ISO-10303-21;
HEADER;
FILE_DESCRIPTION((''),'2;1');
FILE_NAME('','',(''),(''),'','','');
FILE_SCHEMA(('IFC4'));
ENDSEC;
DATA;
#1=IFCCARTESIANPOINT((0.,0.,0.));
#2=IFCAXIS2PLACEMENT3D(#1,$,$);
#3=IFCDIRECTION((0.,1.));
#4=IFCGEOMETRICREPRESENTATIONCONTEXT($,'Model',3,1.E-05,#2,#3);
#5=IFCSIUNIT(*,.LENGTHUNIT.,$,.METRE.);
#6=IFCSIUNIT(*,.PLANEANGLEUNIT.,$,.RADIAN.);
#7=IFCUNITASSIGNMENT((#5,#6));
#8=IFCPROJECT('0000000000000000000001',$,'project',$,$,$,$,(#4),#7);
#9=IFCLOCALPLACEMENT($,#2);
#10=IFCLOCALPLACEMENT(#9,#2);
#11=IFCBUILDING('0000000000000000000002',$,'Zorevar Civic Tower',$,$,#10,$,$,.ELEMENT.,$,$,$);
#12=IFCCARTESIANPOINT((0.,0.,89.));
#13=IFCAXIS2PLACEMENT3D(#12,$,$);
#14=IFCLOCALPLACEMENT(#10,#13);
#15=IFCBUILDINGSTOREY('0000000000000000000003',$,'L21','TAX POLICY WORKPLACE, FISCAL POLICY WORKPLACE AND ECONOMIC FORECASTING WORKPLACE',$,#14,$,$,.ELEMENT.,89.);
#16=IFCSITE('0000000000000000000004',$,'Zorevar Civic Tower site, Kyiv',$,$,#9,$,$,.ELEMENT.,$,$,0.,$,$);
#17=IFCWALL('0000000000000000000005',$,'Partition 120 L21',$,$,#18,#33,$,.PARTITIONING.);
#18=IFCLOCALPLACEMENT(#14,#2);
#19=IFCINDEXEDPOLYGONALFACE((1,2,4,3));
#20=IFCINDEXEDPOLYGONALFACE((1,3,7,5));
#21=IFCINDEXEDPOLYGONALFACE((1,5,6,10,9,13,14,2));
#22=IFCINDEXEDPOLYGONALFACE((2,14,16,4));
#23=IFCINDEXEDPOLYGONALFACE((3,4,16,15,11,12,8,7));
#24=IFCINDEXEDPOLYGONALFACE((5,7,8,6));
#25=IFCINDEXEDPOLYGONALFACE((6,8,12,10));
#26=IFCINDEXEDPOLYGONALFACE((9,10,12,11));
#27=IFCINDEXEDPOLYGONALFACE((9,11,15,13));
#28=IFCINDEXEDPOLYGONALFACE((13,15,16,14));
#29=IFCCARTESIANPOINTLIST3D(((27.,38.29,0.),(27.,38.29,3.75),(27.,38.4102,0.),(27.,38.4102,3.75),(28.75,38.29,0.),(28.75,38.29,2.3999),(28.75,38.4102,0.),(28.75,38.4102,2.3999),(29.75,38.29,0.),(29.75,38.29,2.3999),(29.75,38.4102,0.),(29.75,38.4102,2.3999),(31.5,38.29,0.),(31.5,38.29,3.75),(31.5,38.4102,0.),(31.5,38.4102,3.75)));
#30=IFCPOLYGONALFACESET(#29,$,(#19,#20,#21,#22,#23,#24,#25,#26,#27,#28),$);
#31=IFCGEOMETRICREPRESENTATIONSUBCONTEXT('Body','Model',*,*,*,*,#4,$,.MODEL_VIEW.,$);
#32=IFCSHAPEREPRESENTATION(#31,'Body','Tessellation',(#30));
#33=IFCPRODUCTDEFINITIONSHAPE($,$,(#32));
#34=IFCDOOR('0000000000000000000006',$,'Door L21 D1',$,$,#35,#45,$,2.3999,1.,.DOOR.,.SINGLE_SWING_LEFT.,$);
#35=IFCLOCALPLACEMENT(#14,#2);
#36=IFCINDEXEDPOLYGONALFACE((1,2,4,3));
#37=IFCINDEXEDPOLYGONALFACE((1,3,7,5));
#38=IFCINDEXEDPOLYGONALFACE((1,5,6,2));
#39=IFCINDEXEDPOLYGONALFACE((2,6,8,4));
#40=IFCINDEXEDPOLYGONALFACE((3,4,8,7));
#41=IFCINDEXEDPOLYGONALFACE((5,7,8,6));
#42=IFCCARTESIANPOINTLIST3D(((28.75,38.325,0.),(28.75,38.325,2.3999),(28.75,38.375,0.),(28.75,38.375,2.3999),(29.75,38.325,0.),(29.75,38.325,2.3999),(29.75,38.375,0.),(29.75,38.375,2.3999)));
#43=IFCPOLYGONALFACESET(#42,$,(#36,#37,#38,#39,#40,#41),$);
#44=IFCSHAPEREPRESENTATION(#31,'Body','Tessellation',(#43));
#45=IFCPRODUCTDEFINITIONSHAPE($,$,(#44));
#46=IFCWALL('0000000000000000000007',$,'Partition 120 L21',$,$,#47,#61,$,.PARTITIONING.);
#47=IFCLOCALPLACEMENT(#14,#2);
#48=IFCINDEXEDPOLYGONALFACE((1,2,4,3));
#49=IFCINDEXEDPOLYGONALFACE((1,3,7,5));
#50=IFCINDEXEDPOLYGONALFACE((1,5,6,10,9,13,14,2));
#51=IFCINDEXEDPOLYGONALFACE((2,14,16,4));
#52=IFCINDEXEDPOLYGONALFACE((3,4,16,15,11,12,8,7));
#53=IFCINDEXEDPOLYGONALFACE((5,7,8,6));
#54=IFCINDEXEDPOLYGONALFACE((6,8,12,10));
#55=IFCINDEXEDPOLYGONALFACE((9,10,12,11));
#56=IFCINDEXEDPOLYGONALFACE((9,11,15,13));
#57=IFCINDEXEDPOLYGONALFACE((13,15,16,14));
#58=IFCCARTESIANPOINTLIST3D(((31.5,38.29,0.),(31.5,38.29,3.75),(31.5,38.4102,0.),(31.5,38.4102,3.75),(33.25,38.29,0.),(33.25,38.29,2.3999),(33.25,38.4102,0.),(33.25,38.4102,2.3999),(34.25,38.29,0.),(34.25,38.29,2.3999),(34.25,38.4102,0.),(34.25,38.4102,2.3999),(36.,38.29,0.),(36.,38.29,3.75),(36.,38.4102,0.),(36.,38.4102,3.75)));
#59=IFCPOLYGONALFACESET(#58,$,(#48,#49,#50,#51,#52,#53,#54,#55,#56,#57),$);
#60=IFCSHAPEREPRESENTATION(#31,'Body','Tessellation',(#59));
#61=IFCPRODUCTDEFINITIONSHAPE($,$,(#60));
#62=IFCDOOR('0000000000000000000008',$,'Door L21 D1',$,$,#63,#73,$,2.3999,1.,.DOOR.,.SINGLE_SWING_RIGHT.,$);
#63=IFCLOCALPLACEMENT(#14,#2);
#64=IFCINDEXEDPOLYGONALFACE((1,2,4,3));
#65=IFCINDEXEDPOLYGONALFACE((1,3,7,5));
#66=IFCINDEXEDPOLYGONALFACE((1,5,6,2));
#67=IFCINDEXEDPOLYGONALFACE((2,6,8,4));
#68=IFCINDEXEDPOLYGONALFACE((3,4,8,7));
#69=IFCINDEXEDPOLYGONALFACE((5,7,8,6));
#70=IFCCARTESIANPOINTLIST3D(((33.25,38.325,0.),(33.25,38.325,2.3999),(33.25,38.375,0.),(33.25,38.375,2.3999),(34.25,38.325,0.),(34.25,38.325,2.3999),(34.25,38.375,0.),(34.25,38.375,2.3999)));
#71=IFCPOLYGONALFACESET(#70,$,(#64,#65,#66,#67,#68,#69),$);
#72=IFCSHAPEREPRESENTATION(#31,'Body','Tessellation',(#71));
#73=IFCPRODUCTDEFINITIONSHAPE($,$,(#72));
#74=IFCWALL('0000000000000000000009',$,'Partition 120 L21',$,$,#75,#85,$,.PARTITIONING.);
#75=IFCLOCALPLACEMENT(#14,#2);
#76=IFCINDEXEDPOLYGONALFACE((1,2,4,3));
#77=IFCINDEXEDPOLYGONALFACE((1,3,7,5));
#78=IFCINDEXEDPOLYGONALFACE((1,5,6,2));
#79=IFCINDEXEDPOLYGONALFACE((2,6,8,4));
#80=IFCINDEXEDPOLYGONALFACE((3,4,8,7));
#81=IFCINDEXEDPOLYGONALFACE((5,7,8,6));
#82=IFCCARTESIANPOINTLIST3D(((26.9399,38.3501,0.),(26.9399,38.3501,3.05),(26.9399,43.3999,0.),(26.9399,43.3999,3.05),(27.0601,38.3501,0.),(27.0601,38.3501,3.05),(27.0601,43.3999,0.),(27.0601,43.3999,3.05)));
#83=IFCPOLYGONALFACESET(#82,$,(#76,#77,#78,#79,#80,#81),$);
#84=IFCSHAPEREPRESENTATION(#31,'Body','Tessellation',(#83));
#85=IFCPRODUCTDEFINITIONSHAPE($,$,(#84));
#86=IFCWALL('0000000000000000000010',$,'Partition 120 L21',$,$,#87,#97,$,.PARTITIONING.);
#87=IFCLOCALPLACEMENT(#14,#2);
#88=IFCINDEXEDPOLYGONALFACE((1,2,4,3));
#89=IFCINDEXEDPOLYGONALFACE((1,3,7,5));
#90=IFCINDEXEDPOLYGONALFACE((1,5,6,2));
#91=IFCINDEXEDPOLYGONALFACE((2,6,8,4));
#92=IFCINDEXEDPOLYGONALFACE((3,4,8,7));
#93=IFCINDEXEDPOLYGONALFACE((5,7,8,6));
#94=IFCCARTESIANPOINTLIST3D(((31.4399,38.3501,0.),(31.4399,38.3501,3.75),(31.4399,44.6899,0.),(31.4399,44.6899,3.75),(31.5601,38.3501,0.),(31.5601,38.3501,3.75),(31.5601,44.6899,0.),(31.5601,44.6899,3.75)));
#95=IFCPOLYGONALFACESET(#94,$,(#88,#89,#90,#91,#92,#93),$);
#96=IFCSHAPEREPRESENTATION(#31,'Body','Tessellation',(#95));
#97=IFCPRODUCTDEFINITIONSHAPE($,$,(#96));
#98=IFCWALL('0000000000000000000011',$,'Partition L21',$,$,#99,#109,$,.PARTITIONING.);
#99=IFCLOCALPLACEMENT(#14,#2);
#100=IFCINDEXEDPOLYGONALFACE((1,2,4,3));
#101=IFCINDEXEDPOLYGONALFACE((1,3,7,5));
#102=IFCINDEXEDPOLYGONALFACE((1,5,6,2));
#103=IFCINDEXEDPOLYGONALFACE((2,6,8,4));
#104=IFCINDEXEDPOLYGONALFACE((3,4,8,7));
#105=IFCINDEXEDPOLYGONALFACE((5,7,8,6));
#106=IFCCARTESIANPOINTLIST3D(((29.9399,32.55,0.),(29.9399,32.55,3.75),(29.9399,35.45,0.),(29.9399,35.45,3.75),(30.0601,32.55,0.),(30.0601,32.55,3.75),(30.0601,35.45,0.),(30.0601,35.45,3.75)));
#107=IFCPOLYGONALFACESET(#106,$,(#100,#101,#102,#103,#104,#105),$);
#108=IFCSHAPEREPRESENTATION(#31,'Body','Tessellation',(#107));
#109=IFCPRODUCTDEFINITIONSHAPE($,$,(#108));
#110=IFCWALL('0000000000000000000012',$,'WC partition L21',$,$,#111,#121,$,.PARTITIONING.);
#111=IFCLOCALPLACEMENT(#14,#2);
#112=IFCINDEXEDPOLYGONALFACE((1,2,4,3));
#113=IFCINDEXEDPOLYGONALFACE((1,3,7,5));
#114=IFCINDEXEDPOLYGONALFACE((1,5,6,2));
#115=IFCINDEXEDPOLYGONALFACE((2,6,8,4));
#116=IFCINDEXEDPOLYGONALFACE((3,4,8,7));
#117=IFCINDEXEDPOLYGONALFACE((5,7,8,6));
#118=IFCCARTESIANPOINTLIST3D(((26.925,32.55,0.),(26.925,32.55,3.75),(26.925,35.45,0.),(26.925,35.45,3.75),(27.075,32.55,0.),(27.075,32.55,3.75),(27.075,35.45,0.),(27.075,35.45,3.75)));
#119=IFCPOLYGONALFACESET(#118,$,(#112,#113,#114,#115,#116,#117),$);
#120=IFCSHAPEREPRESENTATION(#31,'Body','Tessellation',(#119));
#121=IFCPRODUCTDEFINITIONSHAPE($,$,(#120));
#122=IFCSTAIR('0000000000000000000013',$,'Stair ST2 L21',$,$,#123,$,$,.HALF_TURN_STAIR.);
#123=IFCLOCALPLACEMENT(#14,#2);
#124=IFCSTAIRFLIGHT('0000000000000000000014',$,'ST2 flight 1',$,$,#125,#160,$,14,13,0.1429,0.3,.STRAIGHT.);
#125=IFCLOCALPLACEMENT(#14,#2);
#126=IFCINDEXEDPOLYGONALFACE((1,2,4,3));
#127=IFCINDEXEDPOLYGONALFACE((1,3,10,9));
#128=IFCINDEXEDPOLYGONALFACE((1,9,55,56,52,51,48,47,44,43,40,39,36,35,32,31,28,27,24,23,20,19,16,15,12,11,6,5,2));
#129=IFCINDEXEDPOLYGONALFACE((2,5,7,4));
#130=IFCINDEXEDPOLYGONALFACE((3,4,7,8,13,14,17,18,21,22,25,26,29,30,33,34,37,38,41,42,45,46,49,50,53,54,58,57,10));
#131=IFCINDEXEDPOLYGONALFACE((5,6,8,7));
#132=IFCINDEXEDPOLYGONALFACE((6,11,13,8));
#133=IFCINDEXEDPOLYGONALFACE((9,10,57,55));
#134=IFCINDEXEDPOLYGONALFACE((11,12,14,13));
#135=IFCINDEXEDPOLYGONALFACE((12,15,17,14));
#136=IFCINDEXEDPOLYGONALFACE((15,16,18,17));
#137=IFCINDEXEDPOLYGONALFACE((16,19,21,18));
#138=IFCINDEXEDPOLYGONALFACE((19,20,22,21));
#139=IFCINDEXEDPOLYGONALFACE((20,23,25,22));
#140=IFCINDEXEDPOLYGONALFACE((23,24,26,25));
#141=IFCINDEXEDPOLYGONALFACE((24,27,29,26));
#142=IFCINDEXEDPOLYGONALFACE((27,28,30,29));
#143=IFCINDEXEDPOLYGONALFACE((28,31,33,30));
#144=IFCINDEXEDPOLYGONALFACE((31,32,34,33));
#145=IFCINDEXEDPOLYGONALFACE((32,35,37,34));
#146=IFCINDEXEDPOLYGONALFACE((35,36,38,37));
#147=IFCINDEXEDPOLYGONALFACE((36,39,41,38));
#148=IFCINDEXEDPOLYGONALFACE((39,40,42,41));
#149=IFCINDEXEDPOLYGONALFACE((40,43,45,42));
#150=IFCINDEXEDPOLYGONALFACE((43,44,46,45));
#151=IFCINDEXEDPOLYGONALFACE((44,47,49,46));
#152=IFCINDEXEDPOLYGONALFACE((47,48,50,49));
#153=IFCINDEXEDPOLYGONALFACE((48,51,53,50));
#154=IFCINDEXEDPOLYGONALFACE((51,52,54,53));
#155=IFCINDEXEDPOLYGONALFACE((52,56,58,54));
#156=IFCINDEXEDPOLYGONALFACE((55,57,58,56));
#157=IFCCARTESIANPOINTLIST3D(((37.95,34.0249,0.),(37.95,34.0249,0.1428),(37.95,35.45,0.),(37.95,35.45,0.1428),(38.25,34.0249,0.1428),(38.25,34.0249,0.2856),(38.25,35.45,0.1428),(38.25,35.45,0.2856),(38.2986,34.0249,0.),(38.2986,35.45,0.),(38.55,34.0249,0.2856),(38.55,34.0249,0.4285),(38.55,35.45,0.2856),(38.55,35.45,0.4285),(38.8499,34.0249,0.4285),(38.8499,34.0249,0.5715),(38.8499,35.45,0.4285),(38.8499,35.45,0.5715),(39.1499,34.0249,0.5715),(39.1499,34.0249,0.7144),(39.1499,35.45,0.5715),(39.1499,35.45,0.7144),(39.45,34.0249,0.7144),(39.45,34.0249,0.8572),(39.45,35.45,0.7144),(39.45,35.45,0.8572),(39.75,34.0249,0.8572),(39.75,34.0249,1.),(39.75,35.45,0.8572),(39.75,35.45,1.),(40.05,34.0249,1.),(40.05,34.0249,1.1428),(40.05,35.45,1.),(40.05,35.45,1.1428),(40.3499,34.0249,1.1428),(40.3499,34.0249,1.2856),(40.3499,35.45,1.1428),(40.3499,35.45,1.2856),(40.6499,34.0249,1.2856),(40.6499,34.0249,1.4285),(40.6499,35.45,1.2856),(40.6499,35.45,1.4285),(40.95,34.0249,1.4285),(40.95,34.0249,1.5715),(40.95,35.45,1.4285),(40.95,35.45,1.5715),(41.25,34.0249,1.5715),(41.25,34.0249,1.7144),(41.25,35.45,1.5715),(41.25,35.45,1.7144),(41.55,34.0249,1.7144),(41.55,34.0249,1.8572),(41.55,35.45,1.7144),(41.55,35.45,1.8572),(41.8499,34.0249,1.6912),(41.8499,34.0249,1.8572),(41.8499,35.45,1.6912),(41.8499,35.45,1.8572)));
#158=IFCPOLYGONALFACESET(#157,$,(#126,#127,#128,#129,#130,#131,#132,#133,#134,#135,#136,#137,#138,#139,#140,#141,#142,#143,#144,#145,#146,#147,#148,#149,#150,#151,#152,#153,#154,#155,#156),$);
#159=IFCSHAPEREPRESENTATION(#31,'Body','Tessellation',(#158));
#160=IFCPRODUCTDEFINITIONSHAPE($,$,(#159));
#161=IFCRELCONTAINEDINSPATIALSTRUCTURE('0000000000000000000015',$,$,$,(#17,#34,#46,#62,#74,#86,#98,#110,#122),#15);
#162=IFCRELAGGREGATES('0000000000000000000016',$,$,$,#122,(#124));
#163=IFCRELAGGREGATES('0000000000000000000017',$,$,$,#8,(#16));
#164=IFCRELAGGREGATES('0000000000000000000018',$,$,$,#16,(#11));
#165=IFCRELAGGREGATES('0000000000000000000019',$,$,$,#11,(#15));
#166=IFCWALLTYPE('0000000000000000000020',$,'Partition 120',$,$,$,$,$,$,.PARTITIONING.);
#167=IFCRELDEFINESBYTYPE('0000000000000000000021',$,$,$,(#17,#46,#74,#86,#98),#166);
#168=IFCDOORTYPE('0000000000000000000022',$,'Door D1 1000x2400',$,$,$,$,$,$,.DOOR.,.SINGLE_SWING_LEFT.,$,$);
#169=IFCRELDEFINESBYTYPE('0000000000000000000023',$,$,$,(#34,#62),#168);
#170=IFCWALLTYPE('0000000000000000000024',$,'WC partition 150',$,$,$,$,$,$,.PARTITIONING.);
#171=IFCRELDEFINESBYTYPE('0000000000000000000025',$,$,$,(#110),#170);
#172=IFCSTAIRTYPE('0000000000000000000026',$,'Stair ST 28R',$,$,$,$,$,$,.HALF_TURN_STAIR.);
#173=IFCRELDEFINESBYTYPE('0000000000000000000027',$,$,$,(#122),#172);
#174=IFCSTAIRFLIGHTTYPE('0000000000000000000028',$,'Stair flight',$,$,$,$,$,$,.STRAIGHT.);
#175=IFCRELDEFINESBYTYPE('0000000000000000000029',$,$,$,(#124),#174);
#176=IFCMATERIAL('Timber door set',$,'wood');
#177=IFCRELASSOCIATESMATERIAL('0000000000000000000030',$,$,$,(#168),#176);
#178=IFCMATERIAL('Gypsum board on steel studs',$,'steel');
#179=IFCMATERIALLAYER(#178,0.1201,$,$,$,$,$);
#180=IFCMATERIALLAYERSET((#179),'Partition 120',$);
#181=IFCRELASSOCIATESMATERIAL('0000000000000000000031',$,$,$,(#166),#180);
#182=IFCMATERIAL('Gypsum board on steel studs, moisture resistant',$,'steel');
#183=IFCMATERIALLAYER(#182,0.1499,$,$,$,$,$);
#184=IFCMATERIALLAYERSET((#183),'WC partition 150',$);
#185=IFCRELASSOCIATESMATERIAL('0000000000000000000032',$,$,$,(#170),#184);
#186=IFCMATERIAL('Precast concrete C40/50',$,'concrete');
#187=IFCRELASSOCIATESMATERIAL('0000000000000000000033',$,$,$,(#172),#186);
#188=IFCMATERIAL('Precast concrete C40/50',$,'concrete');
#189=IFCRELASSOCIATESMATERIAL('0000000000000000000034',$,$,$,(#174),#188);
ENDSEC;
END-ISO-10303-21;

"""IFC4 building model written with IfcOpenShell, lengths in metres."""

from ifc_helpers import new_model, si_unit, direction, frame, frame_2d, origin, place, context, subcontext, project, spatial, polyline, rectangle, outline, extrude, material, layer, layer_set, type_object, element, fill, aggregate, save


model = new_model("IFC4")

# Units and contexts
model_context = context("Model", 3, precision=1e-05, world=origin(), true_north=direction((0.0, 1.0)))
body_context = subcontext(model_context, "Body", "Model", "MODEL_VIEW")
ifc_project = project(units=[si_unit("LENGTHUNIT", "METRE"), si_unit("PLANEANGLEUNIT", "RADIAN")], contexts=[model_context])

# Site, building, storey
site_placement = place(None, origin())
site = spatial("IfcSite", under=ifc_project, at=site_placement, Name="Zorevar Civic Tower site, Kyiv", CompositionType="ELEMENT", RefElevation=0.0)
building_placement = place(site_placement, origin())
building = spatial("IfcBuilding", under=site, at=building_placement, Name="Zorevar Civic Tower", CompositionType="ELEMENT")
storey_placement = place(building_placement, frame((0.0, 0.0, 89.0)))
storey = spatial("IfcBuildingStorey", under=building, at=storey_placement, Name="L21", Description="TAX POLICY WORKPLACE, FISCAL POLICY WORKPLACE AND ECONOMIC FORECASTING WORKPLACE", CompositionType="ELEMENT", Elevation=89.0)

# Shared definitions
ifc_material_1 = material(Name="Timber door set", Category="wood")
door_type_1 = type_object("IfcDoorType", Name="Door D1 1000x2400", OperationType="SINGLE_SWING_LEFT", PredefinedType="DOOR", material=ifc_material_1)

# Walls, openings, doors
ifc_material_2 = material(Name="Gypsum board on steel studs", Category="steel")
ifc_layer_1 = layer(ifc_material_2, 0.1201)
ifc_layer_set_1 = layer_set([ifc_layer_1], Name="Partition 120")
wall_type_1 = type_object("IfcWallType", Name="Partition 120", PredefinedType="PARTITIONING", material=ifc_layer_set_1)
wall_1_placement = place(storey_placement, frame((27.0, 38.3501, 0.0), z_axis=(0.0, 0.0, 1.0), x_axis=(1.0, 0.0, 0.0)))
wall_1 = element("IfcWall", 1, at=wall_1_placement, inside=storey, type_object=wall_type_1, Name="Partition 120 L21", PredefinedType="PARTITIONING", context=body_context, shape_type="SweptSolid", body=[
    extrude(rectangle(XDim=4.5, YDim=0.1201, at=frame_2d((2.25, 0.0))), origin(), (0.0, 0.0, 1.0), 3.75),
])
opening_1_placement = place(wall_1_placement, frame((1.75, 0.0, 0.0)))
opening_1 = element("IfcOpeningElement", 2, at=opening_1_placement, cuts=wall_1, PredefinedType="OPENING", context=body_context, shape_type="SweptSolid", body=[
    extrude(rectangle(XDim=1.0, YDim=2.3999, at=frame_2d((0.5, 1.2))), frame((0.0, 0.0701, 0.0), z_axis=(0.0, -1.0, 0.0), x_axis=(1.0, 0.0, 0.0)), (0.0, 0.0, 1.0), 0.1401),
])
door_1_placement = place(opening_1_placement, origin())
door_1 = element("IfcDoor", 3, at=door_1_placement, inside=storey, type_object=door_type_1, Name="Door L21 D1", OperationType="SINGLE_SWING_LEFT", OverallHeight=2.3999, OverallWidth=1.0, PredefinedType="DOOR", context=body_context, shape_type="SweptSolid", body=[
    extrude(rectangle(XDim=1.0, YDim=2.3999, at=frame_2d((0.5, 1.2))), frame((0.0, 0.0249, 0.0), z_axis=(0.0, -1.0, 0.0), x_axis=(1.0, 0.0, 0.0)), (0.0, 0.0, 1.0), 0.05),
])
fill(opening_1, door_1)
wall_2_placement = place(storey_placement, frame((31.5, 38.3501, 0.0), z_axis=(0.0, 0.0, 1.0), x_axis=(1.0, 0.0, 0.0)))
wall_2 = element("IfcWall", 4, at=wall_2_placement, inside=storey, type_object=wall_type_1, Name="Partition 120 L21", PredefinedType="PARTITIONING", context=body_context, shape_type="SweptSolid", body=[
    extrude(rectangle(XDim=4.5, YDim=0.1201, at=frame_2d((2.25, 0.0))), origin(), (0.0, 0.0, 1.0), 3.75),
])
opening_2_placement = place(wall_2_placement, frame((1.75, 0.0, 0.0)))
opening_2 = element("IfcOpeningElement", 5, at=opening_2_placement, cuts=wall_2, PredefinedType="OPENING", context=body_context, shape_type="SweptSolid", body=[
    extrude(rectangle(XDim=1.0, YDim=2.3999, at=frame_2d((0.5, 1.2))), frame((0.0, 0.0701, 0.0), z_axis=(0.0, -1.0, 0.0), x_axis=(1.0, 0.0, 0.0)), (0.0, 0.0, 1.0), 0.1401),
])
door_2_placement = place(opening_2_placement, origin())
door_2 = element("IfcDoor", 6, at=door_2_placement, inside=storey, type_object=door_type_1, Name="Door L21 D1", OperationType="SINGLE_SWING_RIGHT", OverallHeight=2.3999, OverallWidth=1.0, PredefinedType="DOOR", context=body_context, shape_type="SweptSolid", body=[
    extrude(rectangle(XDim=1.0, YDim=2.3999, at=frame_2d((0.5, 1.2))), frame((0.0, 0.0249, 0.0), z_axis=(0.0, -1.0, 0.0), x_axis=(1.0, 0.0, 0.0)), (0.0, 0.0, 1.0), 0.05),
])
fill(opening_2, door_2)

# Walls
wall_3_placement = place(storey_placement, frame((27.0, 38.3501, 0.0), z_axis=(0.0, 0.0, 1.0), x_axis=(0.0, 1.0, 0.0)))
element("IfcWall", 7, at=wall_3_placement, inside=storey, type_object=wall_type_1, Name="Partition 120 L21", PredefinedType="PARTITIONING", context=body_context, shape_type="SweptSolid", body=[
    extrude(rectangle(XDim=5.0498, YDim=0.1201, at=frame_2d((2.5249, 0.0))), origin(), (0.0, 0.0, 1.0), 3.05),
])
wall_4_placement = place(storey_placement, frame((31.5, 38.3501, 0.0), z_axis=(0.0, 0.0, 1.0), x_axis=(0.0, 1.0, 0.0)))
element("IfcWall", 8, at=wall_4_placement, inside=storey, type_object=wall_type_1, Name="Partition 120 L21", PredefinedType="PARTITIONING", context=body_context, shape_type="SweptSolid", body=[
    extrude(rectangle(XDim=6.3398, YDim=0.1201, at=frame_2d((3.1699, 0.0))), origin(), (0.0, 0.0, 1.0), 3.75),
])
wall_5_placement = place(storey_placement, frame((30.0, 32.55, 0.0), z_axis=(0.0, 0.0, 1.0), x_axis=(0.0, 1.0, 0.0)))
element("IfcWall", 9, at=wall_5_placement, inside=storey, type_object=wall_type_1, Name="Partition L21", PredefinedType="PARTITIONING", context=body_context, shape_type="SweptSolid", body=[
    extrude(rectangle(XDim=2.8999, YDim=0.1201, at=frame_2d((1.45, 0.0))), origin(), (0.0, 0.0, 1.0), 3.75),
])
ifc_material_3 = material(Name="Gypsum board on steel studs, moisture resistant", Category="steel")
ifc_layer_2 = layer(ifc_material_3, 0.1499)
ifc_layer_set_2 = layer_set([ifc_layer_2], Name="WC partition 150")
wall_type_2 = type_object("IfcWallType", Name="WC partition 150", PredefinedType="PARTITIONING", material=ifc_layer_set_2)
wall_6_placement = place(storey_placement, frame((27.0, 32.55, 0.0), z_axis=(0.0, 0.0, 1.0), x_axis=(0.0, 1.0, 0.0)))
element("IfcWall", 10, at=wall_6_placement, inside=storey, type_object=wall_type_2, Name="WC partition L21", PredefinedType="PARTITIONING", context=body_context, shape_type="SweptSolid", body=[
    extrude(rectangle(XDim=2.8999, YDim=0.1499, at=frame_2d((1.45, 0.0))), origin(), (0.0, 0.0, 1.0), 3.75),
])

# Stair, stair flight
ifc_material_4 = material(Name="Precast concrete C40/50", Category="concrete")
stair_type = type_object("IfcStairType", Name="Stair ST 28R", PredefinedType="HALF_TURN_STAIR", material=ifc_material_4)
stair_placement = place(storey_placement, origin())
stair = element("IfcStair", 11, at=stair_placement, inside=storey, type_object=stair_type, Name="Stair ST2 L21", PredefinedType="HALF_TURN_STAIR")
ifc_material_5 = material(Name="Precast concrete C40/50", Category="concrete")
stair_flight_type = type_object("IfcStairFlightType", Name="Stair flight", PredefinedType="STRAIGHT", material=ifc_material_5)
stair_flight_1_placement = place(storey_placement, frame((37.95, 34.7375, 0.0), z_axis=(0.0, 0.0, 1.0), x_axis=(1.0, 0.0, 0.0)))
stair_flight_1 = element("IfcStairFlight", 12, at=stair_flight_1_placement, type_object=stair_flight_type, Name="ST2 flight 1", NumberOfRisers=14, NumberOfTreads=13, PredefinedType="STRAIGHT", RiserHeight=0.1429, TreadLength=0.3, context=body_context, shape_type="SweptSolid", body=[
    extrude(outline(polyline([(0.0, 0.0), (0.0, 0.1428), (0.3, 0.1428), (0.3, 0.2856), (0.6001, 0.2856), (0.6001, 0.4285), (0.8999, 0.4285), (0.8999, 0.5715), (1.2, 0.5715), (1.2, 0.7144), (1.5, 0.7144), (1.5, 0.8572), (1.8, 0.8572), (1.8, 1.0), (2.1001, 1.0), (2.1001, 1.1428), (2.3999, 1.1428), (2.3999, 1.2856), (2.7, 1.2856), (2.7, 1.4285), (3.0, 1.4285), (3.0, 1.5715), (3.3, 1.5715), (3.3, 1.7144), (3.6001, 1.7144), (3.6001, 1.8572), (3.8999, 1.8572), (3.8999, 2.0), (3.8999, 1.6912), (0.3486, 0.0), (0.0, 0.0)])), frame((0.0, 0.7124, 0.0), z_axis=(0.0, -1.0, 0.0), x_axis=(1.0, 0.0, 0.0)), (0.0, 0.0, 1.0), 1.425),
])
aggregate(stair, [stair_flight_1])

save(model, "model.ifc")
